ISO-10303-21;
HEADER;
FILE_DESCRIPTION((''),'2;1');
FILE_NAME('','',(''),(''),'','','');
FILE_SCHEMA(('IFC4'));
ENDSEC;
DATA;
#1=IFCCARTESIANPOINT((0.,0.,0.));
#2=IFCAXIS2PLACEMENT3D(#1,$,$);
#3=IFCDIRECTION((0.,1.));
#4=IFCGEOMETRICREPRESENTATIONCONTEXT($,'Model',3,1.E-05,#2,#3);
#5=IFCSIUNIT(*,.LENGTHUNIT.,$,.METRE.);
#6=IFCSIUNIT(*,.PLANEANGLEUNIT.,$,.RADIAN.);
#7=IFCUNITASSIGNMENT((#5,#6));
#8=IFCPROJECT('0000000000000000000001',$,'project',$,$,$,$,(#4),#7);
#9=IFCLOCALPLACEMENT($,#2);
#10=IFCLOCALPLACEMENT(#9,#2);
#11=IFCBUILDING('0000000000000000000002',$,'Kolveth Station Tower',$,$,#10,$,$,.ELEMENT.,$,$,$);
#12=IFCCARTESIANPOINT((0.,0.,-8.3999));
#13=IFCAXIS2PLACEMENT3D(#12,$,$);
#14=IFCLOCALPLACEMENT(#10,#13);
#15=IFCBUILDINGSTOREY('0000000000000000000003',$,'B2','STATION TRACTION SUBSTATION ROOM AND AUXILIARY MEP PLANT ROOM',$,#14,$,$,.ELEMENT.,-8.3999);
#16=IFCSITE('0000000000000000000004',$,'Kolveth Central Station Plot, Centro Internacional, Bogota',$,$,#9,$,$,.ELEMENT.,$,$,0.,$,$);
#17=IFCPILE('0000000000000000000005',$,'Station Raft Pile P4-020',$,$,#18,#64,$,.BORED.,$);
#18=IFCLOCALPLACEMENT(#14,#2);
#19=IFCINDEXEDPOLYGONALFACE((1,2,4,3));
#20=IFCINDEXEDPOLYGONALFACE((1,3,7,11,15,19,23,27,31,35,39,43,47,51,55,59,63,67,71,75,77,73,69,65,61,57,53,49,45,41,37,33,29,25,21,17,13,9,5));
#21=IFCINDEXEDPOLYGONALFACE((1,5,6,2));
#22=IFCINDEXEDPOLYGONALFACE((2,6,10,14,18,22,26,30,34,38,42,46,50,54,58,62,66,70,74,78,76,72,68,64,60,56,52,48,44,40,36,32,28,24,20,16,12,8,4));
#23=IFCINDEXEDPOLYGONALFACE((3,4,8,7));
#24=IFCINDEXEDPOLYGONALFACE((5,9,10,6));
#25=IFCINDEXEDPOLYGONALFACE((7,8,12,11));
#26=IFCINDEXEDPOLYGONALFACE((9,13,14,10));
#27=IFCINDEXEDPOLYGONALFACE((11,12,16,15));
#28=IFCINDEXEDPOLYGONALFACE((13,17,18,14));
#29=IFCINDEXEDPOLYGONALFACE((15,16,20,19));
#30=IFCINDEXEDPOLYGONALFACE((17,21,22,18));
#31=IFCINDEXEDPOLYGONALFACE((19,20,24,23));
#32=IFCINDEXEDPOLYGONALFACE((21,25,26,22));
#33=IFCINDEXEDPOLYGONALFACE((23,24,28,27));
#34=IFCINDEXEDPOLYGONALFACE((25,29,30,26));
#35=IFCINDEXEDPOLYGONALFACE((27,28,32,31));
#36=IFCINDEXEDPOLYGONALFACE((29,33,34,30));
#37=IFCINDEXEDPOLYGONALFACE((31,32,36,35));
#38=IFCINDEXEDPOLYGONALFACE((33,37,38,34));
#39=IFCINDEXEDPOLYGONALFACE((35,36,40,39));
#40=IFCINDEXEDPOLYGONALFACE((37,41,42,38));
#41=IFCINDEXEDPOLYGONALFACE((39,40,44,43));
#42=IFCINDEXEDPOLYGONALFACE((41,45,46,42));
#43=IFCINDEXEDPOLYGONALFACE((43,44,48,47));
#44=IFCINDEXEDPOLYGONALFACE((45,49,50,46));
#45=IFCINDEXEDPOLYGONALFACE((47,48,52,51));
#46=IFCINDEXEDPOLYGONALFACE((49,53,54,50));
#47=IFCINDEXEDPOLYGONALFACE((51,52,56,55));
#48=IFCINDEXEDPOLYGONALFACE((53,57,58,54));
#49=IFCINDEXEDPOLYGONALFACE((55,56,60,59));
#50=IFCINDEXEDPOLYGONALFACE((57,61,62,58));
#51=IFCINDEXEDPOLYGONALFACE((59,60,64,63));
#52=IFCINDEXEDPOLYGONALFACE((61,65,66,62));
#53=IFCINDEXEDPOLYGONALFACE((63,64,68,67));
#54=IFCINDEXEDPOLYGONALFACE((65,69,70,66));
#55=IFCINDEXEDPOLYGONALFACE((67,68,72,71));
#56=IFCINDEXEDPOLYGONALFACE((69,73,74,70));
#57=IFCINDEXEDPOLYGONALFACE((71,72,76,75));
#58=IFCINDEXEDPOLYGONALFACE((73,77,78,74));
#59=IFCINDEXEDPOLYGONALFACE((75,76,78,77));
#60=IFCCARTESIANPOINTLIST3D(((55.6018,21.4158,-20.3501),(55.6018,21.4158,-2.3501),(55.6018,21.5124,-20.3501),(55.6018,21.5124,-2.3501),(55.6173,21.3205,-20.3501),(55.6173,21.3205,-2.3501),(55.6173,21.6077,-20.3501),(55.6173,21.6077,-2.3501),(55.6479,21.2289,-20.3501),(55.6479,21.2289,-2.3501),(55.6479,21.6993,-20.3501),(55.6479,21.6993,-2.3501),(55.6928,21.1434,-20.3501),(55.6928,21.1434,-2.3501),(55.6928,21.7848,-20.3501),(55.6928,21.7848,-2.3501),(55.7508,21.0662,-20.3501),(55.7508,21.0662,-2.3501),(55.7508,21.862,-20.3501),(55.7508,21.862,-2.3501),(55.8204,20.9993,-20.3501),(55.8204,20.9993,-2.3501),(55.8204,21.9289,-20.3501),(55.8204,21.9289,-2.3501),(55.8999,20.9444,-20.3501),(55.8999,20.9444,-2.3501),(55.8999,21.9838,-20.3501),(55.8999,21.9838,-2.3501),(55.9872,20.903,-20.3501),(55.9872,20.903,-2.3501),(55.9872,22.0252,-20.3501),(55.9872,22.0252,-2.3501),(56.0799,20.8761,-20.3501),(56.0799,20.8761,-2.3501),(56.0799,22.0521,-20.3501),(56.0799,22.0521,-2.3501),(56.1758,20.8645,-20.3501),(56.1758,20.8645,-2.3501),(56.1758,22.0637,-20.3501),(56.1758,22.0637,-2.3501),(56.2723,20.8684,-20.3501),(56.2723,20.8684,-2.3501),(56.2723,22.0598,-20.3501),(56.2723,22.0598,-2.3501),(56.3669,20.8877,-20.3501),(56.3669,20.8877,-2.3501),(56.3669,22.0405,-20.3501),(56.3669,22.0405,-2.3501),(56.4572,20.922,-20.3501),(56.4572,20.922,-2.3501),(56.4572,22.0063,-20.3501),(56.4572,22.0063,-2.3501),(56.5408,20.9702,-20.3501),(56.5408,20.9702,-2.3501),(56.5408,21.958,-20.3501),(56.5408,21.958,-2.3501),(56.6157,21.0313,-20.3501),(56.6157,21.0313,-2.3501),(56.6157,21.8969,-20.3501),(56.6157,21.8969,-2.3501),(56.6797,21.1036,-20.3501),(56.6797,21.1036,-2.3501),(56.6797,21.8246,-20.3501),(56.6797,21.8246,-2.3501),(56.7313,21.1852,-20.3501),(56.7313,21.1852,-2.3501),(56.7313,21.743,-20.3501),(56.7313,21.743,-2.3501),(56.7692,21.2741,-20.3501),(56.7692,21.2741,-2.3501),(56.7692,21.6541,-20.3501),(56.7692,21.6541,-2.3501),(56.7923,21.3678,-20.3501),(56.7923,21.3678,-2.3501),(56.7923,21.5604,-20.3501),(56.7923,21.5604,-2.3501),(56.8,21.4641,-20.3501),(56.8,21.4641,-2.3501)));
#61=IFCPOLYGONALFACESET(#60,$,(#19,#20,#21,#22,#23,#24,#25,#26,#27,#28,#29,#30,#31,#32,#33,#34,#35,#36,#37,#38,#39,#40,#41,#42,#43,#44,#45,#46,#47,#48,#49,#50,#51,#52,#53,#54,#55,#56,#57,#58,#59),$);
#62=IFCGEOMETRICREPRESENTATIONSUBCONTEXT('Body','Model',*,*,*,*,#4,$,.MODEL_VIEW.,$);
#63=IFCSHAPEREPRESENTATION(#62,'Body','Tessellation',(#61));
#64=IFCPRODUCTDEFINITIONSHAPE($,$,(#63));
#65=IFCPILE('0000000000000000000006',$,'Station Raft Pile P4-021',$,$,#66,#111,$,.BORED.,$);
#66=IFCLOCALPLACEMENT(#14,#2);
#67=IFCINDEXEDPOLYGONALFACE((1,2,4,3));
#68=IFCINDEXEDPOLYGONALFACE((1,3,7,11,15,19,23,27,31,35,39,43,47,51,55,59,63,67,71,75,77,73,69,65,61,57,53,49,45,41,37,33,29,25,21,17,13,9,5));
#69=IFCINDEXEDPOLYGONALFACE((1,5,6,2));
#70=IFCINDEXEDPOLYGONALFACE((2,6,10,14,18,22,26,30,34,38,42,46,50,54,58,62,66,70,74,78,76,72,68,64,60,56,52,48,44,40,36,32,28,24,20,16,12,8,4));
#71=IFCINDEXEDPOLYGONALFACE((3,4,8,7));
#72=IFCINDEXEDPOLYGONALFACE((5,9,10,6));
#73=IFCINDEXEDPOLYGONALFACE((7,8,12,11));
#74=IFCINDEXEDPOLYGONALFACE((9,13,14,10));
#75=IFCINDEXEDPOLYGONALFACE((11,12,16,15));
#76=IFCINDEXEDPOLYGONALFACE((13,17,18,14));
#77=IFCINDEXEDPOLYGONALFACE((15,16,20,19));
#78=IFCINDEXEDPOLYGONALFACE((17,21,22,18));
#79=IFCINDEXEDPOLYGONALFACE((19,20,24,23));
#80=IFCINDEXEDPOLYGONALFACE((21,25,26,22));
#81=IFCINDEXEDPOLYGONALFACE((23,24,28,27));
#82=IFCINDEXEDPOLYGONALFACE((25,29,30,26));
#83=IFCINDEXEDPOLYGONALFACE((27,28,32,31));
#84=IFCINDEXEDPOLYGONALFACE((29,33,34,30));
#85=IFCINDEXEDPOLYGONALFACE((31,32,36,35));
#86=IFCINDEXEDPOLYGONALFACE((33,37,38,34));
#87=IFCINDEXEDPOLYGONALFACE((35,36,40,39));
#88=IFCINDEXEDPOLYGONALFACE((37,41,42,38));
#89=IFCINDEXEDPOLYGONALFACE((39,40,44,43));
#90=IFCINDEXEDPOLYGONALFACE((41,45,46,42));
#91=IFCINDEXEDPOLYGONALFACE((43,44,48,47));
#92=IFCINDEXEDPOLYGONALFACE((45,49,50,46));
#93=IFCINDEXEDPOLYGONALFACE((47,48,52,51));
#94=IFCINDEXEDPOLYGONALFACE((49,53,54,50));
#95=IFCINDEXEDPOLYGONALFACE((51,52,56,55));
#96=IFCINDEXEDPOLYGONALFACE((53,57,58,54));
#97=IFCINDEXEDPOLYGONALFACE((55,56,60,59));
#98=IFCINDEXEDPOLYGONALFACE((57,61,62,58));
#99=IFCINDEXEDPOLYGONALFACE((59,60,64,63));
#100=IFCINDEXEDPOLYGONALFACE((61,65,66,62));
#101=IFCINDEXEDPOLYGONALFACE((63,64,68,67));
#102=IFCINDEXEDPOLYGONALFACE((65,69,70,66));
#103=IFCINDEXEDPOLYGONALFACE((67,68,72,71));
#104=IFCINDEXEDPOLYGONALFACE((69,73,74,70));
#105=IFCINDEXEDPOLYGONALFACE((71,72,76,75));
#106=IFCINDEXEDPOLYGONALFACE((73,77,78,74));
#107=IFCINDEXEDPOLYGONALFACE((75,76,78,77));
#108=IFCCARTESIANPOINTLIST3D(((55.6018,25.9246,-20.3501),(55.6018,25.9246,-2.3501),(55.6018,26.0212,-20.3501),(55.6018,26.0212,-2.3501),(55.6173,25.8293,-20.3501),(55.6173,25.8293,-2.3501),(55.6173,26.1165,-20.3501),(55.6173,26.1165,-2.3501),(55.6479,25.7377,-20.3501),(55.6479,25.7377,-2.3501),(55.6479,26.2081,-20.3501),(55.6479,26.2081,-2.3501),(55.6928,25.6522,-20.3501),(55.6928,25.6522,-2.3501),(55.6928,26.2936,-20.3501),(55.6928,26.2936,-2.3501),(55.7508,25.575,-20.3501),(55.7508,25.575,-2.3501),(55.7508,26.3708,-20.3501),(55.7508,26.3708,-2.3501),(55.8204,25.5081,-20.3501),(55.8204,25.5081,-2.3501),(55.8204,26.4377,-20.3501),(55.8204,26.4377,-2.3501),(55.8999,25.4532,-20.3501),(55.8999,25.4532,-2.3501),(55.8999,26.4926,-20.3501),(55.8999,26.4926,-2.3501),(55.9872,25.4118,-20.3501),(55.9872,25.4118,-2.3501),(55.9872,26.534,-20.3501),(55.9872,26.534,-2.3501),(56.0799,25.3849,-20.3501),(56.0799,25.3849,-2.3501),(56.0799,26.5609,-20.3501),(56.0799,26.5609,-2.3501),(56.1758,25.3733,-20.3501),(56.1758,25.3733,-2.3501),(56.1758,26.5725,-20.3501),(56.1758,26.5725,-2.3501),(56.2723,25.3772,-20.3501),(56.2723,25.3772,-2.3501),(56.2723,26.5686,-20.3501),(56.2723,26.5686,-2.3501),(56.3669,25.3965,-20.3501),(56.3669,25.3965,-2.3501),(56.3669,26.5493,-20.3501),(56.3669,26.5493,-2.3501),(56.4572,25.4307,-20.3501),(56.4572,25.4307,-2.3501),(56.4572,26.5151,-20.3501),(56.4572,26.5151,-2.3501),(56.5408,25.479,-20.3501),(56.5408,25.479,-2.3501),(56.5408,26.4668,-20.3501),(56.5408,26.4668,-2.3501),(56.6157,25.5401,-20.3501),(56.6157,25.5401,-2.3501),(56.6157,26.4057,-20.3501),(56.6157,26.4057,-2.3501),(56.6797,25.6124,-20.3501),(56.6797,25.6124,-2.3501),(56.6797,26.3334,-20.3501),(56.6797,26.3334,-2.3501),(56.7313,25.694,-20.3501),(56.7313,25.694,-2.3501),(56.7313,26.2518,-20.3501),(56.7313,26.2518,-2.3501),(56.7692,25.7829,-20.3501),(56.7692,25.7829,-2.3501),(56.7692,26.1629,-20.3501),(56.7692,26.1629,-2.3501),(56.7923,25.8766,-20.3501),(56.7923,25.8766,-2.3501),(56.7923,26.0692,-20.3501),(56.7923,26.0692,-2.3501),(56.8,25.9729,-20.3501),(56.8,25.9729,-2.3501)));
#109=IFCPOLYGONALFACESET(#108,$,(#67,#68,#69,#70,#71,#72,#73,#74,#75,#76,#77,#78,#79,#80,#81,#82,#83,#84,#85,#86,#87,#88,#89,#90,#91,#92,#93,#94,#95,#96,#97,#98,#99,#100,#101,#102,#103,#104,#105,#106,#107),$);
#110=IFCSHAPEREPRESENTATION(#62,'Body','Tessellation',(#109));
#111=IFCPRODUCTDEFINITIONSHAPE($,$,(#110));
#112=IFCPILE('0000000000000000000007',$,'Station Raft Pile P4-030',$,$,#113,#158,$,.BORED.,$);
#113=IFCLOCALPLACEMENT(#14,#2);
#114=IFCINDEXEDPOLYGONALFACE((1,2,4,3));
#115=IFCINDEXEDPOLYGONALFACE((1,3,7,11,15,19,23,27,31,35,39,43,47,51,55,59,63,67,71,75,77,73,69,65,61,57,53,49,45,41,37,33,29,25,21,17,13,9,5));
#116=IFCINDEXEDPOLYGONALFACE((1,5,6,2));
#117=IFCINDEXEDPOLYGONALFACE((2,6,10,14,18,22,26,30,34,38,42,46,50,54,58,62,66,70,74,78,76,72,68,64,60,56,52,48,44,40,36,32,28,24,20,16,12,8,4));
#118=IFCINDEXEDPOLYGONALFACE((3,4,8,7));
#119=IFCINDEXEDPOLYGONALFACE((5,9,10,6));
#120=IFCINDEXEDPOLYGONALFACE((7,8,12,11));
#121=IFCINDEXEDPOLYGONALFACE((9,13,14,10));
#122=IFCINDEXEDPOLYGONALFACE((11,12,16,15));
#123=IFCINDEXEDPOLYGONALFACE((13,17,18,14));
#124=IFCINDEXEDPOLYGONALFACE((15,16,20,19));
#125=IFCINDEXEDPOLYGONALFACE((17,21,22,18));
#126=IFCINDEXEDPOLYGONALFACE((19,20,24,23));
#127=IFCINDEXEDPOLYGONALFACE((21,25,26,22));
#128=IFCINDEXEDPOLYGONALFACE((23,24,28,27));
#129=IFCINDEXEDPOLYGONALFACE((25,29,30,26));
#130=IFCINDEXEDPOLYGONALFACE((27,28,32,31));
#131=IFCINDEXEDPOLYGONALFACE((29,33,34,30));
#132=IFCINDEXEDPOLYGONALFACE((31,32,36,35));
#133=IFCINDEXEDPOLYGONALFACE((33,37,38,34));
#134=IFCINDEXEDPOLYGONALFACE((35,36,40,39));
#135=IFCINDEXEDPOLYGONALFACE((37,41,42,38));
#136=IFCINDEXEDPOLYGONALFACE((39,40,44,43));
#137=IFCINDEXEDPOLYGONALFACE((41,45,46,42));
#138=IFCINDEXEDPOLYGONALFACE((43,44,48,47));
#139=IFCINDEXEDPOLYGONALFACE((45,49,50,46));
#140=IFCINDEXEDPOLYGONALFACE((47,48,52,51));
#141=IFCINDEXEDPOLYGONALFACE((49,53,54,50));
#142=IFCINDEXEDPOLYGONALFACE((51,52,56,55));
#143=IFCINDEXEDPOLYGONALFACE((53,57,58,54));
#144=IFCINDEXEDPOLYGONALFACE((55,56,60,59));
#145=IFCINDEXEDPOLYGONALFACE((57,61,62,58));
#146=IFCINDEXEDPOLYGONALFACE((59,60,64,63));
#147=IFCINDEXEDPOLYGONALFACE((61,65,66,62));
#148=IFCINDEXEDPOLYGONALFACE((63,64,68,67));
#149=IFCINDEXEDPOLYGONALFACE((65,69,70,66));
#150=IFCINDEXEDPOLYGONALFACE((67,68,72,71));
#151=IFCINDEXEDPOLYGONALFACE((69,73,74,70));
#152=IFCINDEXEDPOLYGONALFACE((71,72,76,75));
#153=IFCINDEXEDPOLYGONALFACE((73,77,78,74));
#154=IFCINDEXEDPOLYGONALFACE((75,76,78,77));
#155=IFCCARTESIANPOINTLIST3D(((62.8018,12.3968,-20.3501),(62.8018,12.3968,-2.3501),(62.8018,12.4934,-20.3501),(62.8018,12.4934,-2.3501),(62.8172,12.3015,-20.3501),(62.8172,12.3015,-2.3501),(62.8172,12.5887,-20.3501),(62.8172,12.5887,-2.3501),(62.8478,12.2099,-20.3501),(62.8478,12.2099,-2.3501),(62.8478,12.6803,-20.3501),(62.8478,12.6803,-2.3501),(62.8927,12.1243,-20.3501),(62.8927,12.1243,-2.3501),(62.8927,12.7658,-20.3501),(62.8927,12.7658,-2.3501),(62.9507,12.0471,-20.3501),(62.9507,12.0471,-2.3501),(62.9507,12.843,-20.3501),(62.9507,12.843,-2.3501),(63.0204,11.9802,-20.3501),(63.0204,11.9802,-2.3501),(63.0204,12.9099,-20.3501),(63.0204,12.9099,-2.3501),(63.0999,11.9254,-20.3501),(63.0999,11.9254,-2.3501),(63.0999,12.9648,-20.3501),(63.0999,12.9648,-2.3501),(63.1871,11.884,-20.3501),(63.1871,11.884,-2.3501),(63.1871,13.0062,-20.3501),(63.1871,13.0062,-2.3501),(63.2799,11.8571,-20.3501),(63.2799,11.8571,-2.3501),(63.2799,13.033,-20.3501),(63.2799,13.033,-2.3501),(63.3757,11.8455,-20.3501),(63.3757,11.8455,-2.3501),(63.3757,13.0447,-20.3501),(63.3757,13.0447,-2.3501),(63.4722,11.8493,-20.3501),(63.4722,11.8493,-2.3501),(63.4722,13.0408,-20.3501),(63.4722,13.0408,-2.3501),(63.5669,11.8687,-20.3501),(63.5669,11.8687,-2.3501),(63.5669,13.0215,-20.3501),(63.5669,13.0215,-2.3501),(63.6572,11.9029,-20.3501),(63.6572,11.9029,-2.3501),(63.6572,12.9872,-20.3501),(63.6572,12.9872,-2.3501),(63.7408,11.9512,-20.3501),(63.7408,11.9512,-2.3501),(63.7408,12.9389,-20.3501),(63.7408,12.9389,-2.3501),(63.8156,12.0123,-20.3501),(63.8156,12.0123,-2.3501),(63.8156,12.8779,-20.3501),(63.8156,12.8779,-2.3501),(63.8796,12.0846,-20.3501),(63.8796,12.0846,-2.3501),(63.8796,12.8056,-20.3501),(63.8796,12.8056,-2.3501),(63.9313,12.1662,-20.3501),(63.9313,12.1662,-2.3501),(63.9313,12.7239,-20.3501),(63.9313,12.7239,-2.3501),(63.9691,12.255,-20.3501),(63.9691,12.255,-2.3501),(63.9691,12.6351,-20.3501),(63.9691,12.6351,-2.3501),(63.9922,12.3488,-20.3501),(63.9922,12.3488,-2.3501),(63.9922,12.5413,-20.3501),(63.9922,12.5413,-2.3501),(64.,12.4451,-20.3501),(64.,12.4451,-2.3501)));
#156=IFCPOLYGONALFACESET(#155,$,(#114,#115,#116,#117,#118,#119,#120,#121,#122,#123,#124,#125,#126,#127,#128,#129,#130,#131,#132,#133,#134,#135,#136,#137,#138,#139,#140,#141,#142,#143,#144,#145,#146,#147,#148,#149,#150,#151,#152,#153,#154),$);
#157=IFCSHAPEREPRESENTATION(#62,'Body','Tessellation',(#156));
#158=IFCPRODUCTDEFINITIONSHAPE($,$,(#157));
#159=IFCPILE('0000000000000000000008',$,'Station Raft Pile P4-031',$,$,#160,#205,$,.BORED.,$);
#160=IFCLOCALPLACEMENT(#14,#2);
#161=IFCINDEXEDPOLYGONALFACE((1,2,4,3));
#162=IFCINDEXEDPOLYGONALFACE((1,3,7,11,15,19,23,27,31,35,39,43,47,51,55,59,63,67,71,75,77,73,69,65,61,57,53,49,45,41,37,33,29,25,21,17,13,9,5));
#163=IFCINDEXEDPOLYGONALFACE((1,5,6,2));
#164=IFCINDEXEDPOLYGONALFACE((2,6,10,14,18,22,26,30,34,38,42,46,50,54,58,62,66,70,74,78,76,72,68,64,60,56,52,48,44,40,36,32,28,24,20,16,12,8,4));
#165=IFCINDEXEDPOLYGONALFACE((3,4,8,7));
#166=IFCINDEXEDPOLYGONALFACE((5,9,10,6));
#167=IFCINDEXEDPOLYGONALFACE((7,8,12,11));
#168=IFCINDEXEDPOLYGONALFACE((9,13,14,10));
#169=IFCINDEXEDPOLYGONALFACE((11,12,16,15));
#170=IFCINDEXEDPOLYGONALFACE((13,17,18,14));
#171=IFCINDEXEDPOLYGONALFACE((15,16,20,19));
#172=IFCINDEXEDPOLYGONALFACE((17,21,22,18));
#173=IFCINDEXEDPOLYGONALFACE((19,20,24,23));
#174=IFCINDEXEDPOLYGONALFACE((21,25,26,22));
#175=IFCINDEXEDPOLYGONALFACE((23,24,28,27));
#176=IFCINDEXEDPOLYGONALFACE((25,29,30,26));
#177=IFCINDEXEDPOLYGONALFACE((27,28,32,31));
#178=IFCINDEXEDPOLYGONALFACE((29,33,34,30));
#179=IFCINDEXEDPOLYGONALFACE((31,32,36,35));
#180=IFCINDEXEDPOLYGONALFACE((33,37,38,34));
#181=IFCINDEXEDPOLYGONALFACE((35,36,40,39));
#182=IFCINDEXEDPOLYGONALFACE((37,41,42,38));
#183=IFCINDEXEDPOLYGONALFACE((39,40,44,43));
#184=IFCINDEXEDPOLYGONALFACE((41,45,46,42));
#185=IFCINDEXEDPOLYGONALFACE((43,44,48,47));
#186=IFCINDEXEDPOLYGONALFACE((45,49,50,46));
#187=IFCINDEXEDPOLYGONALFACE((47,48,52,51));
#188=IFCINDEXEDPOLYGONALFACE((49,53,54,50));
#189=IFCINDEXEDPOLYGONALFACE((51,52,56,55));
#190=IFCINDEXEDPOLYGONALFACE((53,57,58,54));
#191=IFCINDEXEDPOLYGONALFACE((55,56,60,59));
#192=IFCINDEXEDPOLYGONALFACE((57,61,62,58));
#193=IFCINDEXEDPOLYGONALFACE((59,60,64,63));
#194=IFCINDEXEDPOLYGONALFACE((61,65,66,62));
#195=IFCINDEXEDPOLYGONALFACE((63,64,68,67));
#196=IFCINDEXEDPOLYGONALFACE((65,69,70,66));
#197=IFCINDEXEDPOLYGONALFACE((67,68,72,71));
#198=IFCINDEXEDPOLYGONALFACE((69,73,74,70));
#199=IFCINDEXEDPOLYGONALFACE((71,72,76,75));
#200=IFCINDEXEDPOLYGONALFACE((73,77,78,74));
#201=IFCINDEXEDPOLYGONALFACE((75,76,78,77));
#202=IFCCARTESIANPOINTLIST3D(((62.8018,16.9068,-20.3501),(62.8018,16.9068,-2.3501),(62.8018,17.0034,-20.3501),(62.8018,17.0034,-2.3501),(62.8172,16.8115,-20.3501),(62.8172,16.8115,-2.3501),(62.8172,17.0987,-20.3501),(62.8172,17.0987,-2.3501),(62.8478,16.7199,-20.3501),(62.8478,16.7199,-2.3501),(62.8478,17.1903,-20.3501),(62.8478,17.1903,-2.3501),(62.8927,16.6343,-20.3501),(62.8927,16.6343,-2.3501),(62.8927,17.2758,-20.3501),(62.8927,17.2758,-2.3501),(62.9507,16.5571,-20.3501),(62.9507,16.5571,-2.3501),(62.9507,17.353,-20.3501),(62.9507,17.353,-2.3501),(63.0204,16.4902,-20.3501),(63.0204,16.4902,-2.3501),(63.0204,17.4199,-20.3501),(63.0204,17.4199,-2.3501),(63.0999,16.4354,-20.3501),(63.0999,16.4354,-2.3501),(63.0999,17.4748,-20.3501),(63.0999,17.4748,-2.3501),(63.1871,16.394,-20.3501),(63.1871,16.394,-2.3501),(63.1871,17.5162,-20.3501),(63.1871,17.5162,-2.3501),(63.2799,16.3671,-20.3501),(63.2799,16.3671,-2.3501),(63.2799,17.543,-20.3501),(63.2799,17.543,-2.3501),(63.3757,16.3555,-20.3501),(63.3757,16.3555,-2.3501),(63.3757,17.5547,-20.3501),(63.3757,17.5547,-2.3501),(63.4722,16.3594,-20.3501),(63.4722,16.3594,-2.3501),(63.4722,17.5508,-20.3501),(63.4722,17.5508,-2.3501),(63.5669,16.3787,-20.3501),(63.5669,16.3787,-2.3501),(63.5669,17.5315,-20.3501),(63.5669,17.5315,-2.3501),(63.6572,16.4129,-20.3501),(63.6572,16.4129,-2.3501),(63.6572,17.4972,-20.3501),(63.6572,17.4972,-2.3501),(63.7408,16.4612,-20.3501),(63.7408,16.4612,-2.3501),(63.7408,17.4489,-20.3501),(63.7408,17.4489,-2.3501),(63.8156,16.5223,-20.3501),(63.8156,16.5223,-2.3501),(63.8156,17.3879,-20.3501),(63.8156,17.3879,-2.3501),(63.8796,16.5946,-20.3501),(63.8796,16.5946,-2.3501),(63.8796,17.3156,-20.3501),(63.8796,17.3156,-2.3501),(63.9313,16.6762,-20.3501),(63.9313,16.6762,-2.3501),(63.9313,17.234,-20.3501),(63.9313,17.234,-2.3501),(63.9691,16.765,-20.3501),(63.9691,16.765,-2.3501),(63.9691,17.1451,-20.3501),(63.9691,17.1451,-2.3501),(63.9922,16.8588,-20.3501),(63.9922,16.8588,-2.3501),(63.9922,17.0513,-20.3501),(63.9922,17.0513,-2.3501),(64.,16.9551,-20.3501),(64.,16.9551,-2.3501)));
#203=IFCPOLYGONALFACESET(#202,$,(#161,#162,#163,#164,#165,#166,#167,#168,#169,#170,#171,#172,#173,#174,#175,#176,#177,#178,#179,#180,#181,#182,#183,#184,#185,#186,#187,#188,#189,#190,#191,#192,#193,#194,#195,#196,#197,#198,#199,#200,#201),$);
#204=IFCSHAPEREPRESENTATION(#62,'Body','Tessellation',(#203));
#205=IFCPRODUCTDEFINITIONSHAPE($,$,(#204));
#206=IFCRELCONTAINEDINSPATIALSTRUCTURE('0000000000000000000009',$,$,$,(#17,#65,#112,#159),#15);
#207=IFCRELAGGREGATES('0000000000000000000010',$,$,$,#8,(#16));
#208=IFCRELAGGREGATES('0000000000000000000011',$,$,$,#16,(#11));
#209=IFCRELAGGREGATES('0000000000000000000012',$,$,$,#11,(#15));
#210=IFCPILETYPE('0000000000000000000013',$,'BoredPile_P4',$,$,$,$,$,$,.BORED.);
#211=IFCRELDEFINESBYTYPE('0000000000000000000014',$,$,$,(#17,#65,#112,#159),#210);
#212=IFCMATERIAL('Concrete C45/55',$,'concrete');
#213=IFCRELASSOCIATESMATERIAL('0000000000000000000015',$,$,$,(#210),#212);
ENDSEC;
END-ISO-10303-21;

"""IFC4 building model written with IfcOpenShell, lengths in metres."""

from ifc_helpers import new_model, si_unit, direction, frame, origin, origin_2d, place, context, subcontext, project, spatial, circle, extrude, source, transform, mapped, material, material_profile, profile_set, type_object, element, save


model = new_model("IFC4")

# Units and contexts
model_context = context("Model", 3, precision=1e-05, world=origin(), true_north=direction((0.0, 1.0)))
body_context = subcontext(model_context, "Body", "Model", "MODEL_VIEW")
ifc_project = project(units=[si_unit("LENGTHUNIT", "METRE"), si_unit("PLANEANGLEUNIT", "RADIAN")], contexts=[model_context])

# Site, building, storey
site_placement = place(None, origin())
site = spatial("IfcSite", under=ifc_project, at=site_placement, Name="Kolveth Central Station Plot, Centro Internacional, Bogota", CompositionType="ELEMENT", RefElevation=0.0)
building_placement = place(site_placement, origin())
building = spatial("IfcBuilding", under=site, at=building_placement, Name="Kolveth Station Tower", CompositionType="ELEMENT")
storey_placement = place(building_placement, frame((0.0, 0.0, -8.3999)))
storey = spatial("IfcBuildingStorey", under=building, at=storey_placement, Name="B2", Description="STATION TRACTION SUBSTATION ROOM AND AUXILIARY MEP PLANT ROOM", CompositionType="ELEMENT", Elevation=-8.3999)

# Piles
ifc_material_1 = material(Name="Concrete C45/55", Category="concrete")
ifc_material_profile_1 = material_profile(ifc_material_1, circle(Radius=0.6001, at=origin_2d()), Name="PILE-D1200")
ifc_profile_set_1 = profile_set([ifc_material_profile_1], Name="Concrete C45/55")
pile_type = type_object("IfcPileType", Name="BoredPile_P4", PredefinedType="BORED", material=ifc_profile_set_1)
shared_shape_1 = source(origin(), body_context, "Body", "SweptSolid", [
    extrude(circle(Radius=0.6001, at=origin_2d()), origin(), (0.0, 0.0, 1.0), 18.0),
])
for number, where, z_axis, x_axis, name in (
    (1, (56.2, 21.4641, -2.3501), (0.0, 0.0, -1.0), (1.0, 0.0, 0.0), "Station Raft Pile P4-020"),
    (2, (56.2, 25.9729, -2.3501), (0.0, 0.0, -1.0), (1.0, 0.0, 0.0), "Station Raft Pile P4-021"),
    (3, (63.3999, 12.4451, -2.3501), (0.0, 0.0, -1.0), (1.0, 0.0, 0.0), "Station Raft Pile P4-030"),
    (4, (63.3999, 16.9551, -2.3501), (0.0, 0.0, -1.0), (1.0, 0.0, 0.0), "Station Raft Pile P4-031"),
):
    element("IfcPile", number, at=place(storey_placement, frame(where, z_axis=z_axis, x_axis=x_axis)), inside=storey, type_object=pile_type, Name=name, PredefinedType="BORED", context=body_context, shape_type="MappedRepresentation", body=[
        mapped(shared_shape_1, transform((0.0, 0.0, 0.0), x_axis=(1.0, 0.0, 0.0), y_axis=(0.0, 1.0, 0.0), z_axis=(0.0, 0.0, 1.0), scale=1.0)),
    ])

save(model, "model.ifc")
